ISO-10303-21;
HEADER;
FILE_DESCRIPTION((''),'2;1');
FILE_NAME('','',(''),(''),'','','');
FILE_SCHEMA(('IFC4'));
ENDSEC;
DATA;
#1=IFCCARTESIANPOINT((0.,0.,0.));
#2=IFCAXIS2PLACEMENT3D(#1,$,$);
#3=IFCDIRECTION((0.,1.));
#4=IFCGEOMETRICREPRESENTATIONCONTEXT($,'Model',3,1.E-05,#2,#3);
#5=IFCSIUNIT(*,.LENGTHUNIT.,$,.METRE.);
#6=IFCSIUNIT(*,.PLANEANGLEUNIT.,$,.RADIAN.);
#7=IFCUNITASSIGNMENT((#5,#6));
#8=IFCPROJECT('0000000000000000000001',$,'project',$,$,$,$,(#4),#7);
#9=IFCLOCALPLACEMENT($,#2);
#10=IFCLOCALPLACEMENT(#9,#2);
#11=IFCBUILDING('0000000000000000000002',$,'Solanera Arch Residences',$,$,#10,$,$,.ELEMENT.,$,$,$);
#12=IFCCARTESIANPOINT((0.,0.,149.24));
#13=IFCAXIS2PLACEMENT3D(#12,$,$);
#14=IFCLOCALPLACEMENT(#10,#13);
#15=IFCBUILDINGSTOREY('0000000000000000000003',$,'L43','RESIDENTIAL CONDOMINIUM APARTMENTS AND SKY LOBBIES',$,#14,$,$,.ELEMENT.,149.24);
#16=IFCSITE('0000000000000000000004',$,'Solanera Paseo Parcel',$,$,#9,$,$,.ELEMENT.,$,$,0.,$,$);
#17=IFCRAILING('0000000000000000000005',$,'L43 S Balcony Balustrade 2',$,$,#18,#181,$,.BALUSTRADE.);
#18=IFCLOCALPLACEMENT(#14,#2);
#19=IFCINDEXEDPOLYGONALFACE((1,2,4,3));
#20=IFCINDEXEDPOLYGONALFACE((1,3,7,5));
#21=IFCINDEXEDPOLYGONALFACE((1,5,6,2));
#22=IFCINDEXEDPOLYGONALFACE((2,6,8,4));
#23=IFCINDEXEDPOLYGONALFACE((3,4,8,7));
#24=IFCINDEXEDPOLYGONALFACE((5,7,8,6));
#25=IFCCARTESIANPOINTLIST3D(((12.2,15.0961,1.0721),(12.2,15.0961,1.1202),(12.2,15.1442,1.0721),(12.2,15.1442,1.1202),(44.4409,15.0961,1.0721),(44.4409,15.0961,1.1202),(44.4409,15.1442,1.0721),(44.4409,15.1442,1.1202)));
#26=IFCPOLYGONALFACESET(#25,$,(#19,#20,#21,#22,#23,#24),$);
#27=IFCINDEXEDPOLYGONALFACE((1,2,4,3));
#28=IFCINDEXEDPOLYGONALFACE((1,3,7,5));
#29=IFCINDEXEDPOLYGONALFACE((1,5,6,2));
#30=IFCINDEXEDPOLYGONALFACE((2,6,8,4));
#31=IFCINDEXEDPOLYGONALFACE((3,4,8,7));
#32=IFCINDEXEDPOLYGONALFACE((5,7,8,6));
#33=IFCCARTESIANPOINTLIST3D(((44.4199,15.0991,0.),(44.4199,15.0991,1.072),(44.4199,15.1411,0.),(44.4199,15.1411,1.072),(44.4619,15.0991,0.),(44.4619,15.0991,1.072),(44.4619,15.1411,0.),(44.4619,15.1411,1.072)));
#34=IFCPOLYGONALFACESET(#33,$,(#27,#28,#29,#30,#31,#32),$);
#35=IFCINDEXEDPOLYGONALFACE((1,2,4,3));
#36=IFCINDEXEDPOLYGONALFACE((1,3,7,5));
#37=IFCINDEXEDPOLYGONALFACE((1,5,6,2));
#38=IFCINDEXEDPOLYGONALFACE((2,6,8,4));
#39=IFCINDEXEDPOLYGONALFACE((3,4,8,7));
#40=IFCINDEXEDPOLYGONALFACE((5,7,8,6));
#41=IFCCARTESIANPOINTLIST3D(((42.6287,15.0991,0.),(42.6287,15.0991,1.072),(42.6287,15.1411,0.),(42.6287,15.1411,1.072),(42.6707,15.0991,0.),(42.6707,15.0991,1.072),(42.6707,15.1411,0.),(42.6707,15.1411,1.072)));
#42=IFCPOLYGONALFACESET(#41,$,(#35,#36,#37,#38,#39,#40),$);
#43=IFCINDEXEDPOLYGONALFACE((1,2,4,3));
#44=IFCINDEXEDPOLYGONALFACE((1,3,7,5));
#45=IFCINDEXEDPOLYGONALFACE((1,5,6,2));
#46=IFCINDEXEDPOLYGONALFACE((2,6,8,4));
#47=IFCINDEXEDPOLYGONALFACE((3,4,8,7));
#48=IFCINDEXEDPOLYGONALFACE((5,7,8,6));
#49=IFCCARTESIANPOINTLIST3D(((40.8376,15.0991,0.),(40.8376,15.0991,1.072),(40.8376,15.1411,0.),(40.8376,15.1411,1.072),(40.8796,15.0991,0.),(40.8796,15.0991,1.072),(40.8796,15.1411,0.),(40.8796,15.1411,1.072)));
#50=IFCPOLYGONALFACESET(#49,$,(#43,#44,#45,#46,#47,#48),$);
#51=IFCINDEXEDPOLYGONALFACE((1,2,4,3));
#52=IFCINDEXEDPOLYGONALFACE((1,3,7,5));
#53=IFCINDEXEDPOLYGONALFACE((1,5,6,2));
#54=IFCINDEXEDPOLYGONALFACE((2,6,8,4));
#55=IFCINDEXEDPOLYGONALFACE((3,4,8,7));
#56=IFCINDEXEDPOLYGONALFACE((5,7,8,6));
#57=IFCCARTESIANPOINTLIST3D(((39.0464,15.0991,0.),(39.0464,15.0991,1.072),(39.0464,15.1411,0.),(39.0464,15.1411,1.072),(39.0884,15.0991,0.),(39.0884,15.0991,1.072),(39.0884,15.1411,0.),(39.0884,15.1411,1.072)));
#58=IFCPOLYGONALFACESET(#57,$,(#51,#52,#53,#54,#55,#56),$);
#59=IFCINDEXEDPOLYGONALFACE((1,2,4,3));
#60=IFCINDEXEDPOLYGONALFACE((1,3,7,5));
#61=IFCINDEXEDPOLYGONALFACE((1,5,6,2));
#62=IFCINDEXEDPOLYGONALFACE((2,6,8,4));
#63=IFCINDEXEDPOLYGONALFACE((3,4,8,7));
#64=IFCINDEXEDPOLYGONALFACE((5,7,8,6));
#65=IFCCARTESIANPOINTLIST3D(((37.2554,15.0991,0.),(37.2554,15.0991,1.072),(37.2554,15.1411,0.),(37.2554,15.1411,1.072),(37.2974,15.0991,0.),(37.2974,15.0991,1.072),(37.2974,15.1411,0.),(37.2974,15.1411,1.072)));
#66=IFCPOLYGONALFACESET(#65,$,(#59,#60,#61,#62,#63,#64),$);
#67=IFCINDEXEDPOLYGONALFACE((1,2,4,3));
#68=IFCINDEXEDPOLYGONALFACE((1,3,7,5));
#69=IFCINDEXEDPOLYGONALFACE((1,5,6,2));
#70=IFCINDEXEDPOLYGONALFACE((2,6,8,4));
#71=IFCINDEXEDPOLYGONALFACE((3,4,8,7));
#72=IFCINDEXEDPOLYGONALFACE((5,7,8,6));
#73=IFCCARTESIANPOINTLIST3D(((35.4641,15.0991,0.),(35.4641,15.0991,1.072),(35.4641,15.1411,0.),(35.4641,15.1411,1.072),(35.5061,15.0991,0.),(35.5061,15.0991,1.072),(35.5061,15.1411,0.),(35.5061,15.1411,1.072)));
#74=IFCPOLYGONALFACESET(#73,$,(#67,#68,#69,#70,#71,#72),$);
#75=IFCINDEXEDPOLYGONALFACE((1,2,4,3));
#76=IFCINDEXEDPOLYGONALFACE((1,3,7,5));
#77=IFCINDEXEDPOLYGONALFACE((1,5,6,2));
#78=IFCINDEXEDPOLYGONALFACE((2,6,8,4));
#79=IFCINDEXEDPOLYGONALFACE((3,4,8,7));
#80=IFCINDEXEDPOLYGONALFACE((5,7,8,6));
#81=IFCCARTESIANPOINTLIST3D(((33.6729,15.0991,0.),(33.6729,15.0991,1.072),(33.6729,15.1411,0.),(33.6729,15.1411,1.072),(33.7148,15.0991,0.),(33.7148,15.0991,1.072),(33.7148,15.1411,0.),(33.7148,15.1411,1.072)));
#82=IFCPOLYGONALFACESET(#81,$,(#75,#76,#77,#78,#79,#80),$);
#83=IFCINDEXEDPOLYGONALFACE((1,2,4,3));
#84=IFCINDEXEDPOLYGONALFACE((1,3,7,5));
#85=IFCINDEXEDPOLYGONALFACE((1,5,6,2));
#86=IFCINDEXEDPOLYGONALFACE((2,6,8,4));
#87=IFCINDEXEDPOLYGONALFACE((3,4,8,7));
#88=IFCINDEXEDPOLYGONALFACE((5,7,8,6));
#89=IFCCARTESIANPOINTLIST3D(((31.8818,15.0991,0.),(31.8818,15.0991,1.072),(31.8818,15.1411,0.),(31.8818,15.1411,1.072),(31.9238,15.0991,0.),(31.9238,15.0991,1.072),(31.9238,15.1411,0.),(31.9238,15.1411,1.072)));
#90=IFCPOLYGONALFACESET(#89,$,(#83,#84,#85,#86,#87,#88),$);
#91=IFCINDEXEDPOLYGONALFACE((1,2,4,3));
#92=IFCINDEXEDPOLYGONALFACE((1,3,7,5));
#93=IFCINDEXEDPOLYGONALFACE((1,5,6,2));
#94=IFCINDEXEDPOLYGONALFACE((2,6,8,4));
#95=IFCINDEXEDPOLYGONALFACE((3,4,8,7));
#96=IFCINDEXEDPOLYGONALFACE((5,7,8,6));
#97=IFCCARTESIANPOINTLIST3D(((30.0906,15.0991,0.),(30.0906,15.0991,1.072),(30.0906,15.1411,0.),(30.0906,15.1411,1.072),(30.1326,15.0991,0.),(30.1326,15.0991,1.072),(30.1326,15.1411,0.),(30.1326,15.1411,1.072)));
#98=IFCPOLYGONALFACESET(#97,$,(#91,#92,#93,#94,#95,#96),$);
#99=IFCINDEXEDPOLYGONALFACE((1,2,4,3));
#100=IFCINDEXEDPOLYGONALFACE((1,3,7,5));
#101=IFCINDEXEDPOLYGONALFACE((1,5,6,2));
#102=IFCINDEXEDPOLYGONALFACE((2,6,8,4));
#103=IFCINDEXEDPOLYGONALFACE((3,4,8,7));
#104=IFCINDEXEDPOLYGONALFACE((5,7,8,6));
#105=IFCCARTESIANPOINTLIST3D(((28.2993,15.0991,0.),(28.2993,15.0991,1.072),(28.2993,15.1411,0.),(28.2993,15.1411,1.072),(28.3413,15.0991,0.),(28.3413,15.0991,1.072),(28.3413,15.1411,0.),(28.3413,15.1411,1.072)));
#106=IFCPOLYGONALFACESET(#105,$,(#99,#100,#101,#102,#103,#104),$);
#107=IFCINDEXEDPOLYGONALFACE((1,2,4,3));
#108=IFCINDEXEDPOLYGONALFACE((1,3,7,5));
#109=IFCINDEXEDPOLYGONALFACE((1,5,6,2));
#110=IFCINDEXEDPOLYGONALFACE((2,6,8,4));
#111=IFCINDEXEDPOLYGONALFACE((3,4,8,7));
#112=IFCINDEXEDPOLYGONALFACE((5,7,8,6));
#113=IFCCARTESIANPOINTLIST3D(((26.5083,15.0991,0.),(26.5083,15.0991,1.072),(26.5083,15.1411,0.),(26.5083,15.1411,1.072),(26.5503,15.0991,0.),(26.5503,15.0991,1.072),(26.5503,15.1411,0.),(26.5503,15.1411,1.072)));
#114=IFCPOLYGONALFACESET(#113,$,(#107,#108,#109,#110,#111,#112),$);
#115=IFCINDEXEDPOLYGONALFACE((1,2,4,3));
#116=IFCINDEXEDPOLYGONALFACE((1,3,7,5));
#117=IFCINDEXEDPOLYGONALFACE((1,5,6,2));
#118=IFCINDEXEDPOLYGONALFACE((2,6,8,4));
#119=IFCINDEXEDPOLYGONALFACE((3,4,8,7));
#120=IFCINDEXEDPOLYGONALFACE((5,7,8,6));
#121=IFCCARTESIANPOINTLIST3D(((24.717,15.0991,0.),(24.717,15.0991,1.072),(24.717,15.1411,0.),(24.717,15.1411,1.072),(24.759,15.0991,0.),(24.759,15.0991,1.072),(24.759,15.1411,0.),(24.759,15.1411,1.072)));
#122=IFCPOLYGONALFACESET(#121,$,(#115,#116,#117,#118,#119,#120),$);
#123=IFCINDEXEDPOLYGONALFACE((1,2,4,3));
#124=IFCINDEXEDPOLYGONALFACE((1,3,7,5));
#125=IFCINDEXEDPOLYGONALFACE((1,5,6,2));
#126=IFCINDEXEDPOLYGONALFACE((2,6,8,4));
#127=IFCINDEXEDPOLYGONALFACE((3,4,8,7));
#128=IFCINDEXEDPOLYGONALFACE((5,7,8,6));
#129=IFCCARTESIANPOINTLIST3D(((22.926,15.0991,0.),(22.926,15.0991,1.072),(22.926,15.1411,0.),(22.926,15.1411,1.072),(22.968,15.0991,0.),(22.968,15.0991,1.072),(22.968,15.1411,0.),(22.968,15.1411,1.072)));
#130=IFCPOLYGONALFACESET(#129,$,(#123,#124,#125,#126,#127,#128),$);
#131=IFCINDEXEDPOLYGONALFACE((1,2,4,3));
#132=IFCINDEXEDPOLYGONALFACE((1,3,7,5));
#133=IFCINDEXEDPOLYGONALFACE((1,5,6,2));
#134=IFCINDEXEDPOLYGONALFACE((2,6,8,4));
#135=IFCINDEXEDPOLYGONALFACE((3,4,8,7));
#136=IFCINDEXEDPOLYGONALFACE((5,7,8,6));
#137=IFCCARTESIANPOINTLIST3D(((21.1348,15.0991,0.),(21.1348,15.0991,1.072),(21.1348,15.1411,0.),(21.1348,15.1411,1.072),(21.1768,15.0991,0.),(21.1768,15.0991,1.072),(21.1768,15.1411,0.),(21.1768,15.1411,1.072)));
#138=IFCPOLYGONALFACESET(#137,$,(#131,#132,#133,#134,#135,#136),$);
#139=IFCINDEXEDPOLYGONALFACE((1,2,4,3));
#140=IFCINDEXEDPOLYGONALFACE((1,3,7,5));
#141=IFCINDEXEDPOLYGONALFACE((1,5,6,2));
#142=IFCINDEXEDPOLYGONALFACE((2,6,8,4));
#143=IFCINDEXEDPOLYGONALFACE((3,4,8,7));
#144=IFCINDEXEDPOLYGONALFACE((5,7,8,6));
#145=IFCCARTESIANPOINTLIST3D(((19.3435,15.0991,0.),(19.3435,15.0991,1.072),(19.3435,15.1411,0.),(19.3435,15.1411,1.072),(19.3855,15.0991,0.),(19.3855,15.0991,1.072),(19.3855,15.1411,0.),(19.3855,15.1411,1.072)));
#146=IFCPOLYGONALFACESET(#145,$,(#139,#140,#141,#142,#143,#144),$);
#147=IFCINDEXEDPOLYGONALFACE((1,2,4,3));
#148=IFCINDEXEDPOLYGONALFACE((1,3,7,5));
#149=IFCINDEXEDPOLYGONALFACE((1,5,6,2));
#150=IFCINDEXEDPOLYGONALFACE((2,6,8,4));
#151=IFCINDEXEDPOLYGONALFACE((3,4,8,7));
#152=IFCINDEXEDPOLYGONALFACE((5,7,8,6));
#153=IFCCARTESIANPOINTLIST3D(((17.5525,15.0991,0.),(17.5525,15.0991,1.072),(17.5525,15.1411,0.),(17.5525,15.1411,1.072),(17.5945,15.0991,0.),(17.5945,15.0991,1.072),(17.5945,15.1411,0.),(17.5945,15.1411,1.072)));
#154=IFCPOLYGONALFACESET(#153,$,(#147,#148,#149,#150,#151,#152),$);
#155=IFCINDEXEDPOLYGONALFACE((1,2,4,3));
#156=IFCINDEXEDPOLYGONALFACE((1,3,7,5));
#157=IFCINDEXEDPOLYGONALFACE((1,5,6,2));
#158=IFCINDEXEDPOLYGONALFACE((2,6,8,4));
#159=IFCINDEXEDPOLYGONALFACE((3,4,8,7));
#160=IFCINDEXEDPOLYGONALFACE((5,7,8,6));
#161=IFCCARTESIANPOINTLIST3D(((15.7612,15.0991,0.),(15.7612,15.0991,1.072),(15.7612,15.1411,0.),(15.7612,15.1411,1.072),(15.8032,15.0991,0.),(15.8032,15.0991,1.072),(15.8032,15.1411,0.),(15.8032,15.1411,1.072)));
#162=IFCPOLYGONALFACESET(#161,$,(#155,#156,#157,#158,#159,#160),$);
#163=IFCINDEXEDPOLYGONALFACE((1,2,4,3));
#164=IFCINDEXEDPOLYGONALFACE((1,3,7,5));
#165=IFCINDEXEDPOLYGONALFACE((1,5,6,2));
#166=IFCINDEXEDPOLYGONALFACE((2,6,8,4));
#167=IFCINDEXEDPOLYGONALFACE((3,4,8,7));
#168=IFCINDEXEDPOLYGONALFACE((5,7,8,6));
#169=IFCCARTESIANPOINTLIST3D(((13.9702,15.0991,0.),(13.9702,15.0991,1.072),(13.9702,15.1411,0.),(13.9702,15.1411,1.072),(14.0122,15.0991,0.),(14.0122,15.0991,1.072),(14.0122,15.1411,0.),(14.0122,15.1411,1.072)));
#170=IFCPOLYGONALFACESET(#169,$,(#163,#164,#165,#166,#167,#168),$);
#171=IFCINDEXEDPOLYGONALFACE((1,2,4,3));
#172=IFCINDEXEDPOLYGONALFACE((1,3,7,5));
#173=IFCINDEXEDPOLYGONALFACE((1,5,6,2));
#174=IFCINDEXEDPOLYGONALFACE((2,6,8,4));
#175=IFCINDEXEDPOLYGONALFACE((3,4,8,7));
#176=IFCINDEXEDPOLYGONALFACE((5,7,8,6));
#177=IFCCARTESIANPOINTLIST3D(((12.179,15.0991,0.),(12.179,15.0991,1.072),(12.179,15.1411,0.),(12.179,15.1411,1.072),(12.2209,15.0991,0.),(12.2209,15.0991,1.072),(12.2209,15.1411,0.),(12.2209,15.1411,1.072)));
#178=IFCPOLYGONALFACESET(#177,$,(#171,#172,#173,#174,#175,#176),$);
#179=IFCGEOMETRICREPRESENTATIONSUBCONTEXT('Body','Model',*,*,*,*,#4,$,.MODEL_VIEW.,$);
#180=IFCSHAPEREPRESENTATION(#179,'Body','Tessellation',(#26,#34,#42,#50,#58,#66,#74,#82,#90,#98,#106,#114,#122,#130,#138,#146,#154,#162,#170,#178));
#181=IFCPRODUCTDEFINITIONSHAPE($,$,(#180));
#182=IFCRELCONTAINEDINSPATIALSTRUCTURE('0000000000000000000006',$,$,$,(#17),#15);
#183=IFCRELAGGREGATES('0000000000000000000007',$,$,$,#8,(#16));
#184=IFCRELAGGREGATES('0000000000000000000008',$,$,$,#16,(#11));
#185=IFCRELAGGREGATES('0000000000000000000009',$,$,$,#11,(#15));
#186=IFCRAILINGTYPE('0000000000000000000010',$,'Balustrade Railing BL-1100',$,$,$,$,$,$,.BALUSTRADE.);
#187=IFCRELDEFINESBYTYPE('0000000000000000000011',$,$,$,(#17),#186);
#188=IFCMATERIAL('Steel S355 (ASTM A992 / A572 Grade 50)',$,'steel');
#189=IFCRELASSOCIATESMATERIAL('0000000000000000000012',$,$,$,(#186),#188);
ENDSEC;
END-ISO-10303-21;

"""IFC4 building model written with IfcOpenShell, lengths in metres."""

from ifc_helpers import new_model, si_unit, direction, frame, origin, origin_2d, place, context, subcontext, project, spatial, rectangle, extrude, material, type_object, element, save


model = new_model("IFC4")

# Units and contexts
model_context = context("Model", 3, precision=1e-05, world=origin(), true_north=direction((0.0, 1.0)))
body_context = subcontext(model_context, "Body", "Model", "MODEL_VIEW")
ifc_project = project(units=[si_unit("LENGTHUNIT", "METRE"), si_unit("PLANEANGLEUNIT", "RADIAN")], contexts=[model_context])

# Site, building, storey
site_placement = place(None, origin())
site = spatial("IfcSite", under=ifc_project, at=site_placement, Name="Solanera Paseo Parcel", CompositionType="ELEMENT", RefElevation=0.0)
building_placement = place(site_placement, origin())
building = spatial("IfcBuilding", under=site, at=building_placement, Name="Solanera Arch Residences", CompositionType="ELEMENT")
storey_placement = place(building_placement, frame((0.0, 0.0, 149.24)))
storey = spatial("IfcBuildingStorey", under=building, at=storey_placement, Name="L43", Description="RESIDENTIAL CONDOMINIUM APARTMENTS AND SKY LOBBIES", CompositionType="ELEMENT", Elevation=149.24)

# Railing
ifc_material_1 = material(Name="Steel S355 (ASTM A992 / A572 Grade 50)", Category="steel")
railing_type = type_object("IfcRailingType", Name="Balustrade Railing BL-1100", PredefinedType="BALUSTRADE", material=ifc_material_1)
railing_1_placement = place(storey_placement, frame((44.4409, 15.1201, 0.0)))
element("IfcRailing", 1, at=railing_1_placement, inside=storey, type_object=railing_type, Name="L43 S Balcony Balustrade 2", PredefinedType="BALUSTRADE", context=body_context, shape_type="SweptSolid", body=[
    extrude(rectangle(XDim=0.0481, YDim=0.0481, at=origin_2d()), frame((0.0, 0.0, 1.0962), z_axis=(-1.0, 0.0, 0.0), x_axis=(0.0, -1.0, 0.0)), (0.0, 0.0, 1.0), 32.241),
    extrude(rectangle(XDim=0.042, YDim=0.042, at=origin_2d()), origin(), (0.0, 0.0, 1.0), 1.072),
    extrude(rectangle(XDim=0.042, YDim=0.042, at=origin_2d()), frame((-1.7913, 0.0, 0.0)), (0.0, 0.0, 1.0), 1.072),
    extrude(rectangle(XDim=0.042, YDim=0.042, at=origin_2d()), frame((-3.5823, 0.0, 0.0)), (0.0, 0.0, 1.0), 1.072),
    extrude(rectangle(XDim=0.042, YDim=0.042, at=origin_2d()), frame((-5.3735, 0.0, 0.0)), (0.0, 0.0, 1.0), 1.072),
    extrude(rectangle(XDim=0.042, YDim=0.042, at=origin_2d()), frame((-7.1646, 0.0, 0.0)), (0.0, 0.0, 1.0), 1.072),
    extrude(rectangle(XDim=0.042, YDim=0.042, at=origin_2d()), frame((-8.9558, 0.0, 0.0)), (0.0, 0.0, 1.0), 1.072),
    extrude(rectangle(XDim=0.042, YDim=0.042, at=origin_2d()), frame((-10.7471, 0.0, 0.0)), (0.0, 0.0, 1.0), 1.072),
    extrude(rectangle(XDim=0.042, YDim=0.042, at=origin_2d()), frame((-12.5381, 0.0, 0.0)), (0.0, 0.0, 1.0), 1.072),
    extrude(rectangle(XDim=0.042, YDim=0.042, at=origin_2d()), frame((-14.3293, 0.0, 0.0)), (0.0, 0.0, 1.0), 1.072),
    extrude(rectangle(XDim=0.042, YDim=0.042, at=origin_2d()), frame((-16.1206, 0.0, 0.0)), (0.0, 0.0, 1.0), 1.072),
    extrude(rectangle(XDim=0.042, YDim=0.042, at=origin_2d()), frame((-17.9116, 0.0, 0.0)), (0.0, 0.0, 1.0), 1.072),
    extrude(rectangle(XDim=0.042, YDim=0.042, at=origin_2d()), frame((-19.7029, 0.0, 0.0)), (0.0, 0.0, 1.0), 1.072),
    extrude(rectangle(XDim=0.042, YDim=0.042, at=origin_2d()), frame((-21.4939, 0.0, 0.0)), (0.0, 0.0, 1.0), 1.072),
    extrude(rectangle(XDim=0.042, YDim=0.042, at=origin_2d()), frame((-23.2852, 0.0, 0.0)), (0.0, 0.0, 1.0), 1.072),
    extrude(rectangle(XDim=0.042, YDim=0.042, at=origin_2d()), frame((-25.0764, 0.0, 0.0)), (0.0, 0.0, 1.0), 1.072),
    extrude(rectangle(XDim=0.042, YDim=0.042, at=origin_2d()), frame((-26.8674, 0.0, 0.0)), (0.0, 0.0, 1.0), 1.072),
    extrude(rectangle(XDim=0.042, YDim=0.042, at=origin_2d()), frame((-28.6587, 0.0, 0.0)), (0.0, 0.0, 1.0), 1.072),
    extrude(rectangle(XDim=0.042, YDim=0.042, at=origin_2d()), frame((-30.4497, 0.0, 0.0)), (0.0, 0.0, 1.0), 1.072),
    extrude(rectangle(XDim=0.042, YDim=0.042, at=origin_2d()), frame((-32.241, 0.0, 0.0)), (0.0, 0.0, 1.0), 1.072),
])

save(model, "model.ifc")
